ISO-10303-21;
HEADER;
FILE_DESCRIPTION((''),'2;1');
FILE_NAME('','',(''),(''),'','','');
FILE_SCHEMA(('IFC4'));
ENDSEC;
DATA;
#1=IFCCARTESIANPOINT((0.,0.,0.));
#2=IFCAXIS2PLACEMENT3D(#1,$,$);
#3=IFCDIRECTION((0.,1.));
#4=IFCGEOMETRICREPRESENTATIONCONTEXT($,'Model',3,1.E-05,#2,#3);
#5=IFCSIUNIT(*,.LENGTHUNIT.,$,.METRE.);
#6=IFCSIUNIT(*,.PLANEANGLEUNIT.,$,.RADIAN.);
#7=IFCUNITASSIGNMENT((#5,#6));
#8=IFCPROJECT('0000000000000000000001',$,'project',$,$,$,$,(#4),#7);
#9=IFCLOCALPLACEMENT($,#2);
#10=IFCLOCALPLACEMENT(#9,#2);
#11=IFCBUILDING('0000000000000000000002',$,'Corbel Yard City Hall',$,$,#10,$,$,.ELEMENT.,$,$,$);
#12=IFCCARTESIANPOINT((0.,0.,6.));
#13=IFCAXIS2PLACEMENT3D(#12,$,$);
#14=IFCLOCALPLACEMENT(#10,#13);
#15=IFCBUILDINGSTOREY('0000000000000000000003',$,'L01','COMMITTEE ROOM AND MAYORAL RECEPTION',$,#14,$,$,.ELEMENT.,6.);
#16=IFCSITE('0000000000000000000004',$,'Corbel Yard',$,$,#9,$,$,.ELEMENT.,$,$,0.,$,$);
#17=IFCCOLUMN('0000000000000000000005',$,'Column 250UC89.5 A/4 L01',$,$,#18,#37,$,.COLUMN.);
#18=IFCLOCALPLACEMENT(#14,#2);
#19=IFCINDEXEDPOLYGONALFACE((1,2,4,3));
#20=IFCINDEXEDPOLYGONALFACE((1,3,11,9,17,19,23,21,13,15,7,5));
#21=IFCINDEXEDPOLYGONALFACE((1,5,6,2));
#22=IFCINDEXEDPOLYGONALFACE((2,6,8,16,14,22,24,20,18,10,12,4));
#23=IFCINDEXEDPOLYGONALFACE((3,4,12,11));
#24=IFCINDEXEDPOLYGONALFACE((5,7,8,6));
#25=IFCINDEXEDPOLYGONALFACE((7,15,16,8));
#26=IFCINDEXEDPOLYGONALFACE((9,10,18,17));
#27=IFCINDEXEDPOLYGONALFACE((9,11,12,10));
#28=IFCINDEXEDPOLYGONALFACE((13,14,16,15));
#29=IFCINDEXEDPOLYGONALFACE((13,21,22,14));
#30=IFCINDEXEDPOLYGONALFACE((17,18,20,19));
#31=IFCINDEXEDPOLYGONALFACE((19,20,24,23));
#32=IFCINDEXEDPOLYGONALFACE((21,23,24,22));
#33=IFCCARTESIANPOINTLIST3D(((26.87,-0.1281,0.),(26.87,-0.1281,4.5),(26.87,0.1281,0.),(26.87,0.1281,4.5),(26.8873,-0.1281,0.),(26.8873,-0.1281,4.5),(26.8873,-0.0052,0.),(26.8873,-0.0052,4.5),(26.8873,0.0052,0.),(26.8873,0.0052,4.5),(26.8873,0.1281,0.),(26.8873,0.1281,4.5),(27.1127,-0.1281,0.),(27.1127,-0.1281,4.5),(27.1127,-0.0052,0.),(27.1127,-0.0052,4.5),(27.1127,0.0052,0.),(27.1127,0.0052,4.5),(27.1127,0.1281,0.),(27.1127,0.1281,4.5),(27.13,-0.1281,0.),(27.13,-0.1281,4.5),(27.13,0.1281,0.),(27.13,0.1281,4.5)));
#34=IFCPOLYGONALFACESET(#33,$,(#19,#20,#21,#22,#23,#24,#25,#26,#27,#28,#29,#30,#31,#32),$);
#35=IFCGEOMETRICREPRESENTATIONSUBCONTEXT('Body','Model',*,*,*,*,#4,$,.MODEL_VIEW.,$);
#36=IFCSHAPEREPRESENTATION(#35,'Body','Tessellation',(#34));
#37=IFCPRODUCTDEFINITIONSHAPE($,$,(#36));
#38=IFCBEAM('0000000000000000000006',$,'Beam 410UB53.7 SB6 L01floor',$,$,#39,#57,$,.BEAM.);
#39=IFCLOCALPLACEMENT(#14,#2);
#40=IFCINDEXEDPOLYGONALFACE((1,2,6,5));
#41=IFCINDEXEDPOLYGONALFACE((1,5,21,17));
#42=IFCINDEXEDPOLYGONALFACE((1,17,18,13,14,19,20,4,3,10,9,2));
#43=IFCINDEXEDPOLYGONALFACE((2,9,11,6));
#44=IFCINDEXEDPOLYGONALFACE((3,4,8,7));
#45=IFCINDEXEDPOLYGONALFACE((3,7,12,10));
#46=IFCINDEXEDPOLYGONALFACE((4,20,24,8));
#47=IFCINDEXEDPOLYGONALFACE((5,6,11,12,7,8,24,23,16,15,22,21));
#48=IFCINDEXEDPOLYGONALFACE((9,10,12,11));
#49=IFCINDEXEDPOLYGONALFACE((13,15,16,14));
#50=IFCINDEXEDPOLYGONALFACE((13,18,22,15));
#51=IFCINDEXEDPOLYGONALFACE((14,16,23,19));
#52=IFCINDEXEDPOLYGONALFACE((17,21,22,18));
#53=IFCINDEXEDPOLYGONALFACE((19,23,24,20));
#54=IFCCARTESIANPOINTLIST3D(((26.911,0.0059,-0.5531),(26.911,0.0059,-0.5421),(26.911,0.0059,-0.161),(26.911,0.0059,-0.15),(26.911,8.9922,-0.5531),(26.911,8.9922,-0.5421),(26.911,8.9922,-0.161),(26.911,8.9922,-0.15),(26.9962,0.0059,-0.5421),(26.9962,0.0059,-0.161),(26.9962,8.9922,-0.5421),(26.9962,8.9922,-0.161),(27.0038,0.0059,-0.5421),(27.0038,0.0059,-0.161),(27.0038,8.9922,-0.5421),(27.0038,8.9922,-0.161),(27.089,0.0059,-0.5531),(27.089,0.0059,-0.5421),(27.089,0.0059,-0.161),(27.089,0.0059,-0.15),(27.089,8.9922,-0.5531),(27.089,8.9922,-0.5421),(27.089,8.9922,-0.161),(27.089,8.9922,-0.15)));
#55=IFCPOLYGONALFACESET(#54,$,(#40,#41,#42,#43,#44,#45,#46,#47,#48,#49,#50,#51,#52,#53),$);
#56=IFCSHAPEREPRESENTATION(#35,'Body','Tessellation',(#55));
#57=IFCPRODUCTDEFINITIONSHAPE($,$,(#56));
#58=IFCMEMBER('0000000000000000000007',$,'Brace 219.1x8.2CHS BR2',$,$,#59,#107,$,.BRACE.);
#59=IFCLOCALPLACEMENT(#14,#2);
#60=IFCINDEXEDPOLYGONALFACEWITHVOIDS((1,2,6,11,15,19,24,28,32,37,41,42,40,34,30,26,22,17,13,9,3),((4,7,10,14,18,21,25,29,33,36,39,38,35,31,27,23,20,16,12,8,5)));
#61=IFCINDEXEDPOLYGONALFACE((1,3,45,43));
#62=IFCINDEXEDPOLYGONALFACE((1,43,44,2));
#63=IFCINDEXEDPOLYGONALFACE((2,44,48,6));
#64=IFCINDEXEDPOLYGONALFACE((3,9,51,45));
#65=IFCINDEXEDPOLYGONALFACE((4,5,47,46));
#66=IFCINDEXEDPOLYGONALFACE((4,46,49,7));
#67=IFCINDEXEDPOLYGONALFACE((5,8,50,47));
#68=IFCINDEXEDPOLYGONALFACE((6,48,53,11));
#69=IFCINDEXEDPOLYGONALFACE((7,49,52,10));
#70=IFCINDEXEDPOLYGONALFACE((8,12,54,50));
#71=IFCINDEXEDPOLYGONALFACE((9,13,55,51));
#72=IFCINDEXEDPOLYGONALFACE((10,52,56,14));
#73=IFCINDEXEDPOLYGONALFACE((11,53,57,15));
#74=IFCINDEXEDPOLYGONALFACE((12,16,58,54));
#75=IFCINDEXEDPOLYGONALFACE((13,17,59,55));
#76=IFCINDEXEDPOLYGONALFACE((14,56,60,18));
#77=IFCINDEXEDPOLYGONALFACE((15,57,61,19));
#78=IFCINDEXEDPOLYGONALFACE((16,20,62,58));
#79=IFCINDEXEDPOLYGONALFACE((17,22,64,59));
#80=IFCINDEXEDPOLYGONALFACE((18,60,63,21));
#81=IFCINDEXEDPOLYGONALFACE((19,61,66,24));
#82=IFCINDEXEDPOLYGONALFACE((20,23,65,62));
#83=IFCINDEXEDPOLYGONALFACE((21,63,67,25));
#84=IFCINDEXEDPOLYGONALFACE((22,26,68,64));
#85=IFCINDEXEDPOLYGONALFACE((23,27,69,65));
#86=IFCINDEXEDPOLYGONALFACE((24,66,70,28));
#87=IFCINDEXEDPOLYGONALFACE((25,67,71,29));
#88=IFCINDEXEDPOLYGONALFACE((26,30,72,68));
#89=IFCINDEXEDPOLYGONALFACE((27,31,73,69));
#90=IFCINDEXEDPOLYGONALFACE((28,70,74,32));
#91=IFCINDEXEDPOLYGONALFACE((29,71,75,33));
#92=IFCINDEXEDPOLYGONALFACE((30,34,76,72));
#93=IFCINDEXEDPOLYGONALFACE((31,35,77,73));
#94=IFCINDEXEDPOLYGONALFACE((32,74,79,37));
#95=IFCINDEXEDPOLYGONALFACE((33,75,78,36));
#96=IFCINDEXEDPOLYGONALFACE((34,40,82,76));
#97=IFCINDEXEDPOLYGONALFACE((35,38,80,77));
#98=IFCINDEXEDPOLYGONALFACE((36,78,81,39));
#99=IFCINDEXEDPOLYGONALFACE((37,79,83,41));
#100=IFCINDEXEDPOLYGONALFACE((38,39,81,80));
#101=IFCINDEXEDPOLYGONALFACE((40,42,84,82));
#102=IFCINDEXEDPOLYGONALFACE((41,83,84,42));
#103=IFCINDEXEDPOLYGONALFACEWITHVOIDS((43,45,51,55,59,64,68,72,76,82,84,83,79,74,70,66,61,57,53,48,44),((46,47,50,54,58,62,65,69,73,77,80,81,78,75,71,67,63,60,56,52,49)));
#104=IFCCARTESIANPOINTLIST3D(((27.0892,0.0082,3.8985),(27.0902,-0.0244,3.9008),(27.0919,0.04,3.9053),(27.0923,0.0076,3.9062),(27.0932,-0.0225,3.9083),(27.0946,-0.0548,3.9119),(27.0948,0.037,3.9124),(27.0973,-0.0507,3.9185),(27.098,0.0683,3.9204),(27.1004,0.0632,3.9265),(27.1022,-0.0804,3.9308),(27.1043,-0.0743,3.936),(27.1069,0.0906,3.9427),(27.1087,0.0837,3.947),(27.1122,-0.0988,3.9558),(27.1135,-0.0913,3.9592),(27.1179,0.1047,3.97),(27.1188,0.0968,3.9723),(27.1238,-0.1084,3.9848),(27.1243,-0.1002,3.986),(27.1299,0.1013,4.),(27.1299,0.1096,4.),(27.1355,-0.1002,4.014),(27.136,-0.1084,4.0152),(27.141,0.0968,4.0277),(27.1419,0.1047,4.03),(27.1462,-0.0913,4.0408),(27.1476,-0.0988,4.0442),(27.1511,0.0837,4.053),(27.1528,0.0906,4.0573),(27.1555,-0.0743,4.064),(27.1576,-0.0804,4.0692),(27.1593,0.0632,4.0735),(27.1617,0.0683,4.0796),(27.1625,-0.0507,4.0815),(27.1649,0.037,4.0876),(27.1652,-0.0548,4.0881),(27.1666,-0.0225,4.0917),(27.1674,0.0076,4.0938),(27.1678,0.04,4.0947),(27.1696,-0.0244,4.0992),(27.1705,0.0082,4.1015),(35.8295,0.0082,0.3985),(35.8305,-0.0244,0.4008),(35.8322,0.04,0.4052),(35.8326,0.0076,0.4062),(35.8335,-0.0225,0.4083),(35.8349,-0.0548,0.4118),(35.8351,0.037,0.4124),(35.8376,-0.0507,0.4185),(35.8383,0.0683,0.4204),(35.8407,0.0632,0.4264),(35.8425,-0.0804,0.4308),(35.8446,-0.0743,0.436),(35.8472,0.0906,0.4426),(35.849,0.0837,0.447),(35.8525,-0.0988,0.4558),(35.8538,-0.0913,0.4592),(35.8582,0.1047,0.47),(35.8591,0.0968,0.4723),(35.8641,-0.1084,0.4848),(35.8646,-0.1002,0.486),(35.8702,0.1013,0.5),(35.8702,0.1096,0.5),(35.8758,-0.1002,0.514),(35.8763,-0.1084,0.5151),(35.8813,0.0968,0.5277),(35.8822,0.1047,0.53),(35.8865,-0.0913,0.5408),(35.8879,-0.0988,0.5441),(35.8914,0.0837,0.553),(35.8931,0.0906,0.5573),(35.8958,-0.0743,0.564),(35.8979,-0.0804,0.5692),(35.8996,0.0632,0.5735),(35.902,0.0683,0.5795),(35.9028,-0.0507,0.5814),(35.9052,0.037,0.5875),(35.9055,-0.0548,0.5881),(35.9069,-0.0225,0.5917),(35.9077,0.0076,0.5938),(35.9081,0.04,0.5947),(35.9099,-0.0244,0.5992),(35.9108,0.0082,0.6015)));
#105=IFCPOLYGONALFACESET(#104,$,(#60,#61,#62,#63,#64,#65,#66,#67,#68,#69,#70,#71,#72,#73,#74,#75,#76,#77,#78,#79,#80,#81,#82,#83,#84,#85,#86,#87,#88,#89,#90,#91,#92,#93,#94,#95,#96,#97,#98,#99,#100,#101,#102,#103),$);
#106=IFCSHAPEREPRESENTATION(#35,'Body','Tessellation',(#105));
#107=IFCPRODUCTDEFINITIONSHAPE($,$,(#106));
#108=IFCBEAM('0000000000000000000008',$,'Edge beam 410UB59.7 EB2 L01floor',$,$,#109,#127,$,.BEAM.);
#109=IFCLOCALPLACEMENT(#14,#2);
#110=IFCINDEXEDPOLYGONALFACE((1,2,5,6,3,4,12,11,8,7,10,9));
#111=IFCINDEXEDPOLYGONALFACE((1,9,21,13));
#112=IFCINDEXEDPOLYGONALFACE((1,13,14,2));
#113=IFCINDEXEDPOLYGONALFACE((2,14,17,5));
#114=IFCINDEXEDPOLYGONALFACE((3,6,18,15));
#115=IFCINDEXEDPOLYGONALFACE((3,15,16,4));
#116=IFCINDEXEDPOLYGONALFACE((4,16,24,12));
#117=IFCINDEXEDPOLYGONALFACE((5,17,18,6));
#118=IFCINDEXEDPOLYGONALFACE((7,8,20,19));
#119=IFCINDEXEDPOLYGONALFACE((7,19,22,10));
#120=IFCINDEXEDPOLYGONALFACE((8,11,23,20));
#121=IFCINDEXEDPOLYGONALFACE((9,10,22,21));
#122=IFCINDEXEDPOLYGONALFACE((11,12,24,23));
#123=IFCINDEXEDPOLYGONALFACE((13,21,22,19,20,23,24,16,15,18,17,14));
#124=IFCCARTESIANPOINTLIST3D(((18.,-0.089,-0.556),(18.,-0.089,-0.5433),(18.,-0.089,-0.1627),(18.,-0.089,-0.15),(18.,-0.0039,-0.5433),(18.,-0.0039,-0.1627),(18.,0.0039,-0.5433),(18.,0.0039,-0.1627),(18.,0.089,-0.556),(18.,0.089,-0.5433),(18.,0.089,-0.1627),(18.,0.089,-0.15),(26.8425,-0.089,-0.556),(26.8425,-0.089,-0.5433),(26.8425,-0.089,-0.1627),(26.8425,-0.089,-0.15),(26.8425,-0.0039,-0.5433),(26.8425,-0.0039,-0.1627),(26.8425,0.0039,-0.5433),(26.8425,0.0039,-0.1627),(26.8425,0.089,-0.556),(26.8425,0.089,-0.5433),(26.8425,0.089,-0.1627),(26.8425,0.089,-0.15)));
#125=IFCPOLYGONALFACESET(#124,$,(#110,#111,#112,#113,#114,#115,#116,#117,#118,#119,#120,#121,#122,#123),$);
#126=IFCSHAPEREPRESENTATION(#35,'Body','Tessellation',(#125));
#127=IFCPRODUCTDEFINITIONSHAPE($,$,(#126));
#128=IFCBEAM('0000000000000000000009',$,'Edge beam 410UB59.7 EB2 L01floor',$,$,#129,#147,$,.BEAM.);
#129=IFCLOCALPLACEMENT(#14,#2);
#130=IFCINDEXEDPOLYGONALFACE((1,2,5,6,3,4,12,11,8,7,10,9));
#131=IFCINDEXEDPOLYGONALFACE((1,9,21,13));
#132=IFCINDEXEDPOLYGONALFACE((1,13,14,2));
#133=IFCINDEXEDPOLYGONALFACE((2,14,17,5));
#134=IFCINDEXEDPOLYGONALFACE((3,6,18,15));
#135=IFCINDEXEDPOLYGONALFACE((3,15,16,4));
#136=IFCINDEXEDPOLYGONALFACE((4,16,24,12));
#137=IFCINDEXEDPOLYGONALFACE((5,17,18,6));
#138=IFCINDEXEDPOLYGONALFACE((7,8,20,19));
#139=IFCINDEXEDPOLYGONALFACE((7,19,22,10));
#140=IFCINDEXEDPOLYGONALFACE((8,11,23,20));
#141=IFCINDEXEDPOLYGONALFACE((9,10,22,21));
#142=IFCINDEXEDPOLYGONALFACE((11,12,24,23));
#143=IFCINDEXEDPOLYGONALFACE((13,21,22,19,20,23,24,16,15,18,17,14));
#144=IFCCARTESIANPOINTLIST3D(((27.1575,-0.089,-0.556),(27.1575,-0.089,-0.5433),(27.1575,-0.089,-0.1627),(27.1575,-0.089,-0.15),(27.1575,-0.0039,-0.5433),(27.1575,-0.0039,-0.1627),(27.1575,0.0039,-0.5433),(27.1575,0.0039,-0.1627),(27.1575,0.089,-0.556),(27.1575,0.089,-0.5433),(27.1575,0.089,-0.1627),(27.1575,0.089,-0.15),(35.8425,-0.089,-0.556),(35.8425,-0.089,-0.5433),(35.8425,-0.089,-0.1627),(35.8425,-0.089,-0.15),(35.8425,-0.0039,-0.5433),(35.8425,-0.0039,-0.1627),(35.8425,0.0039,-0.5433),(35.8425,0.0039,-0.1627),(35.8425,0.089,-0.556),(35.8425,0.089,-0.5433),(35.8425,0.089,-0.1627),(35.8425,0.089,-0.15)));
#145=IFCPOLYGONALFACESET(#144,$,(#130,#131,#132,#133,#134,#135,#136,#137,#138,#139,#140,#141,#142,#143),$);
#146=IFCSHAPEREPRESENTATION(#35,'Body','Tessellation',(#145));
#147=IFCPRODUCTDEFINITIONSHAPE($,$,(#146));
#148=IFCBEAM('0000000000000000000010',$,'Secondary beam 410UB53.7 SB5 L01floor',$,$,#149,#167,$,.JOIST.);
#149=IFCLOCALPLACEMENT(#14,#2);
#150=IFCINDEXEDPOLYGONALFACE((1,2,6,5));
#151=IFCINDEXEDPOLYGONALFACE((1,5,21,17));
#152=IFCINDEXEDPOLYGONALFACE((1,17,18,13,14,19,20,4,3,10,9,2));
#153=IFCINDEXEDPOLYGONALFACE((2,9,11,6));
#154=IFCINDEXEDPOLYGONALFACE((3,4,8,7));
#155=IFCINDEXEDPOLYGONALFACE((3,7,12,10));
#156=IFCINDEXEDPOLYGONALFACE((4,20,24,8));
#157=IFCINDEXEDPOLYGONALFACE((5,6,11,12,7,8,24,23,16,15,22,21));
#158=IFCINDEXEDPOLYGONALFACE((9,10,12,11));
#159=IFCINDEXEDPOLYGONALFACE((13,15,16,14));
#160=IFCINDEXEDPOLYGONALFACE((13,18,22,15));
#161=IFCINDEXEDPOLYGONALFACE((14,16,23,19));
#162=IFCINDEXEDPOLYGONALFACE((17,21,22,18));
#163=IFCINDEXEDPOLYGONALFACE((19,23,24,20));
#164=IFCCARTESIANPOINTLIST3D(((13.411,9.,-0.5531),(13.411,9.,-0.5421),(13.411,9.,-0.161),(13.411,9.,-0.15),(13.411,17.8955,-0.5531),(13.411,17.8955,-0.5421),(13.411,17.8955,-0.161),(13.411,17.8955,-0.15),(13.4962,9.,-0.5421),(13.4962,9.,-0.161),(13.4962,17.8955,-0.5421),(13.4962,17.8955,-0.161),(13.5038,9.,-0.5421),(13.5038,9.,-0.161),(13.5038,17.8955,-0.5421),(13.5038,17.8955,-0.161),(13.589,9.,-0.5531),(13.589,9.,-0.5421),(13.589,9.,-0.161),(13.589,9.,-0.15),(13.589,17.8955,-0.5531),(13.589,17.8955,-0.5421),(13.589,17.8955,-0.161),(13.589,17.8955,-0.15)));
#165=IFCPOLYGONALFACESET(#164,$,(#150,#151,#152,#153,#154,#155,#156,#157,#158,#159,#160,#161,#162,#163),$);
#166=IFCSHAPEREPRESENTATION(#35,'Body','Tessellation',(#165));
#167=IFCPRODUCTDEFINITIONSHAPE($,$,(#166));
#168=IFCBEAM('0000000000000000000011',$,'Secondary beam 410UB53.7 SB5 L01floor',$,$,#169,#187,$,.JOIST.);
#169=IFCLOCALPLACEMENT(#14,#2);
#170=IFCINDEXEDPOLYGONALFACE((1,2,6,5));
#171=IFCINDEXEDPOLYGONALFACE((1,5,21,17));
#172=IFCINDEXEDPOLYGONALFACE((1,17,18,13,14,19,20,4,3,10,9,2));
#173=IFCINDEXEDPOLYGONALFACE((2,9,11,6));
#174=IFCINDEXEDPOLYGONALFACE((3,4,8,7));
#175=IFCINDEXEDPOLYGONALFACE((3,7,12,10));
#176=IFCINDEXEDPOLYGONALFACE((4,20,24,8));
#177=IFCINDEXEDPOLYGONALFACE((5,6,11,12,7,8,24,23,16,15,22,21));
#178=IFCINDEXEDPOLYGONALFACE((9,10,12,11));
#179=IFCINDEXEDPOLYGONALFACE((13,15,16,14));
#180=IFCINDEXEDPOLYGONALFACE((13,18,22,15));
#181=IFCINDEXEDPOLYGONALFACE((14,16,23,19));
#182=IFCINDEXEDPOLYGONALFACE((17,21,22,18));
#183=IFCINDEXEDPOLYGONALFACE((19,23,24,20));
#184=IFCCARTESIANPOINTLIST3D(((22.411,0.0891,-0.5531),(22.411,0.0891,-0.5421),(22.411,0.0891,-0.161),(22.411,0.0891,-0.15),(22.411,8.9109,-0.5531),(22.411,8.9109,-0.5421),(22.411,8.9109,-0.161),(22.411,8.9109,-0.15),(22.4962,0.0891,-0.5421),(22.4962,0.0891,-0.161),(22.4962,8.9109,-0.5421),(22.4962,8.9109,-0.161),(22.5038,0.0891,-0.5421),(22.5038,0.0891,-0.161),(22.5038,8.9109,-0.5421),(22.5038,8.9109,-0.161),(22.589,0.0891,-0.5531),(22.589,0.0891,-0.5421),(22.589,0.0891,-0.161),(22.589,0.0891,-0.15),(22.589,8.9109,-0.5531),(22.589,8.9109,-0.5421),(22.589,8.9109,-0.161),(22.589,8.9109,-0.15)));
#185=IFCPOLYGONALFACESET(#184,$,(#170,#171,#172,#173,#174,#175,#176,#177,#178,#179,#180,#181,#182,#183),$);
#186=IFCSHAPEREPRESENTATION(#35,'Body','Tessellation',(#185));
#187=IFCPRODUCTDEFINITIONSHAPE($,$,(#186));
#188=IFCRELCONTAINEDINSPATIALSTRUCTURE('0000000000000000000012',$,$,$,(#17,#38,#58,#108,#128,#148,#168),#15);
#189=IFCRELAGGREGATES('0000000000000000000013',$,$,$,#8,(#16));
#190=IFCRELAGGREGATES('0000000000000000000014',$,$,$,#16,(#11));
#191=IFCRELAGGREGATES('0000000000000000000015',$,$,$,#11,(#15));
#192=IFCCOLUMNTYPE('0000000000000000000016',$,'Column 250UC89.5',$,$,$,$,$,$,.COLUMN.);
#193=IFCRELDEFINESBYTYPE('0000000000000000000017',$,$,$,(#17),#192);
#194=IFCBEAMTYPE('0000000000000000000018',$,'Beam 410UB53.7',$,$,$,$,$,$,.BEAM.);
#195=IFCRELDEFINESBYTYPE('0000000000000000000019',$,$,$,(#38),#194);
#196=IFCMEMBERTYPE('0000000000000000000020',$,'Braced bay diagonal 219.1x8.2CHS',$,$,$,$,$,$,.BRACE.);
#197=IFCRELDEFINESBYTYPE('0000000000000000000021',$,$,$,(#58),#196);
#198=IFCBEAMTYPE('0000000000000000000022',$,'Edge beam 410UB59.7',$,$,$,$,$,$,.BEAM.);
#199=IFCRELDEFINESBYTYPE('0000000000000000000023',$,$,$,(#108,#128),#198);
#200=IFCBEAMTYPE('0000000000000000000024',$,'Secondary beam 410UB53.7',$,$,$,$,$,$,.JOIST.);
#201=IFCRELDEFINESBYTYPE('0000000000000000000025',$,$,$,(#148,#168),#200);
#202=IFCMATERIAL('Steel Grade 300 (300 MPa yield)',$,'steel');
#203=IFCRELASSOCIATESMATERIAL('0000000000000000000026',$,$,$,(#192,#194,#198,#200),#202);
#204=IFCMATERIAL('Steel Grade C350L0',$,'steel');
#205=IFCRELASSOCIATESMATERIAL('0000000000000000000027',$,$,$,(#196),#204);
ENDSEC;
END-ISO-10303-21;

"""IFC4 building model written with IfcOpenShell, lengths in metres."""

from ifc_helpers import new_model, si_unit, direction, frame, origin, origin_2d, place, context, subcontext, project, spatial, hollow_circle, i_section, extrude, material, material_profile, profile_set, type_object, element, save


model = new_model("IFC4")

# Units and contexts
model_context = context("Model", 3, precision=1e-05, world=origin(), true_north=direction((0.0, 1.0)))
body_context = subcontext(model_context, "Body", "Model", "MODEL_VIEW")
ifc_project = project(units=[si_unit("LENGTHUNIT", "METRE"), si_unit("PLANEANGLEUNIT", "RADIAN")], contexts=[model_context])

# Site, building, storey
site_placement = place(None, origin())
site = spatial("IfcSite", under=ifc_project, at=site_placement, Name="Corbel Yard", CompositionType="ELEMENT", RefElevation=0.0)
building_placement = place(site_placement, origin())
building = spatial("IfcBuilding", under=site, at=building_placement, Name="Corbel Yard City Hall", CompositionType="ELEMENT")
storey_placement = place(building_placement, frame((0.0, 0.0, 6.0)))
storey = spatial("IfcBuildingStorey", under=building, at=storey_placement, Name="L01", Description="COMMITTEE ROOM AND MAYORAL RECEPTION", CompositionType="ELEMENT", Elevation=6.0)

# Column
ifc_material_1 = material(Name="Steel Grade 300 (300 MPa yield)", Category="steel")
ifc_material_profile_1 = material_profile(ifc_material_1, i_section(OverallWidth=0.2561, OverallDepth=0.26, WebThickness=0.0105, FlangeThickness=0.0173, at=origin_2d()), Name="250UC89.5")
ifc_profile_set_1 = profile_set([ifc_material_profile_1], Name="Steel Grade 300 (300 MPa yield)")
column_type = type_object("IfcColumnType", Name="Column 250UC89.5", PredefinedType="COLUMN", material=ifc_profile_set_1)
column_placement = place(storey_placement, frame((27.0, 0.0, 0.0), z_axis=(0.0, 0.0, 1.0), x_axis=(0.0, 1.0, 0.0)))
element("IfcColumn", 1, at=column_placement, inside=storey, type_object=column_type, Name="Column 250UC89.5 A/4 L01", PredefinedType="COLUMN", context=body_context, shape_type="SweptSolid", body=[
    extrude(i_section(OverallWidth=0.2561, OverallDepth=0.26, WebThickness=0.0105, FlangeThickness=0.0173, at=origin_2d()), origin(), (0.0, 0.0, 1.0), 4.5),
])

# Beam
ifc_material_profile_2 = material_profile(ifc_material_1, i_section(OverallWidth=0.178, OverallDepth=0.4031, WebThickness=0.0076, FlangeThickness=0.011, at=origin_2d()), Name="410UB53.7")
ifc_profile_set_2 = profile_set([ifc_material_profile_2], Name="Steel Grade 300 (300 MPa yield)")
beam_type_1 = type_object("IfcBeamType", Name="Beam 410UB53.7", PredefinedType="BEAM", material=ifc_profile_set_2)
beam_1_placement = place(storey_placement, frame((27.0, 0.0059, -0.3516), z_axis=(0.0, 1.0, 0.0), x_axis=(-1.0, 0.0, 0.0)))
element("IfcBeam", 2, at=beam_1_placement, inside=storey, type_object=beam_type_1, Name="Beam 410UB53.7 SB6 L01floor", PredefinedType="BEAM", context=body_context, shape_type="SweptSolid", body=[
    extrude(i_section(OverallWidth=0.178, OverallDepth=0.4031, WebThickness=0.0076, FlangeThickness=0.011, at=origin_2d()), origin(), (0.0, 0.0, 1.0), 8.9863),
])

# Member
ifc_material_2 = material(Name="Steel Grade C350L0", Category="steel")
ifc_material_profile_3 = material_profile(ifc_material_2, hollow_circle(Radius=0.1096, WallThickness=0.0083, at=origin_2d()), Name="219.1x8.2CHS")
ifc_profile_set_3 = profile_set([ifc_material_profile_3], Name="Steel Grade C350L0")
member_type = type_object("IfcMemberType", Name="Braced bay diagonal 219.1x8.2CHS", PredefinedType="BRACE", material=ifc_profile_set_3)
member_placement = place(storey_placement, frame((27.1299, 0.0, 4.0), z_axis=(0.928334, 0.0, -0.371748), x_axis=(0.0, 1.0, 0.0)))
element("IfcMember", 3, at=member_placement, inside=storey, type_object=member_type, Name="Brace 219.1x8.2CHS BR2", PredefinedType="BRACE", context=body_context, shape_type="SweptSolid", body=[
    extrude(hollow_circle(Radius=0.1096, WallThickness=0.0083, at=origin_2d()), origin(), (0.0, 0.0, 1.0), 9.415),
])

# Beams
ifc_material_profile_4 = material_profile(ifc_material_1, i_section(OverallWidth=0.178, OverallDepth=0.406, WebThickness=0.0078, FlangeThickness=0.0127, at=origin_2d()), Name="410UB59.7")
ifc_profile_set_4 = profile_set([ifc_material_profile_4], Name="Steel Grade 300 (300 MPa yield)")
beam_type_2 = type_object("IfcBeamType", Name="Edge beam 410UB59.7", PredefinedType="BEAM", material=ifc_profile_set_4)
beam_2_placement = place(storey_placement, frame((18.0, 0.0, -0.353), z_axis=(1.0, 0.0, 0.0), x_axis=(0.0, 1.0, 0.0)))
element("IfcBeam", 4, at=beam_2_placement, inside=storey, type_object=beam_type_2, Name="Edge beam 410UB59.7 EB2 L01floor", PredefinedType="BEAM", context=body_context, shape_type="SweptSolid", body=[
    extrude(i_section(OverallWidth=0.178, OverallDepth=0.406, WebThickness=0.0078, FlangeThickness=0.0127, at=origin_2d()), origin(), (0.0, 0.0, 1.0), 8.8425),
])
beam_3_placement = place(storey_placement, frame((27.1575, 0.0, -0.353), z_axis=(1.0, 0.0, 0.0), x_axis=(0.0, 1.0, 0.0)))
element("IfcBeam", 5, at=beam_3_placement, inside=storey, type_object=beam_type_2, Name="Edge beam 410UB59.7 EB2 L01floor", PredefinedType="BEAM", context=body_context, shape_type="SweptSolid", body=[
    extrude(i_section(OverallWidth=0.178, OverallDepth=0.406, WebThickness=0.0078, FlangeThickness=0.0127, at=origin_2d()), origin(), (0.0, 0.0, 1.0), 8.6851),
])
ifc_material_profile_5 = material_profile(ifc_material_1, i_section(OverallWidth=0.178, OverallDepth=0.4031, WebThickness=0.0076, FlangeThickness=0.011, at=origin_2d()), Name="410UB53.7")
ifc_profile_set_5 = profile_set([ifc_material_profile_5], Name="Steel Grade 300 (300 MPa yield)")
beam_type_3 = type_object("IfcBeamType", Name="Secondary beam 410UB53.7", PredefinedType="JOIST", material=ifc_profile_set_5)
beam_4_placement = place(storey_placement, frame((13.5, 9.0, -0.3516), z_axis=(0.0, 1.0, 0.0), x_axis=(-1.0, 0.0, 0.0)))
element("IfcBeam", 6, at=beam_4_placement, inside=storey, type_object=beam_type_3, Name="Secondary beam 410UB53.7 SB5 L01floor", PredefinedType="JOIST", context=body_context, shape_type="SweptSolid", body=[
    extrude(i_section(OverallWidth=0.178, OverallDepth=0.4031, WebThickness=0.0076, FlangeThickness=0.011, at=origin_2d()), origin(), (0.0, 0.0, 1.0), 8.8955),
])
beam_5_placement = place(storey_placement, frame((22.5, 0.0891, -0.3516), z_axis=(0.0, 1.0, 0.0), x_axis=(-1.0, 0.0, 0.0)))
element("IfcBeam", 7, at=beam_5_placement, inside=storey, type_object=beam_type_3, Name="Secondary beam 410UB53.7 SB5 L01floor", PredefinedType="JOIST", context=body_context, shape_type="SweptSolid", body=[
    extrude(i_section(OverallWidth=0.178, OverallDepth=0.4031, WebThickness=0.0076, FlangeThickness=0.011, at=origin_2d()), origin(), (0.0, 0.0, 1.0), 8.8218),
])

save(model, "model.ifc")
